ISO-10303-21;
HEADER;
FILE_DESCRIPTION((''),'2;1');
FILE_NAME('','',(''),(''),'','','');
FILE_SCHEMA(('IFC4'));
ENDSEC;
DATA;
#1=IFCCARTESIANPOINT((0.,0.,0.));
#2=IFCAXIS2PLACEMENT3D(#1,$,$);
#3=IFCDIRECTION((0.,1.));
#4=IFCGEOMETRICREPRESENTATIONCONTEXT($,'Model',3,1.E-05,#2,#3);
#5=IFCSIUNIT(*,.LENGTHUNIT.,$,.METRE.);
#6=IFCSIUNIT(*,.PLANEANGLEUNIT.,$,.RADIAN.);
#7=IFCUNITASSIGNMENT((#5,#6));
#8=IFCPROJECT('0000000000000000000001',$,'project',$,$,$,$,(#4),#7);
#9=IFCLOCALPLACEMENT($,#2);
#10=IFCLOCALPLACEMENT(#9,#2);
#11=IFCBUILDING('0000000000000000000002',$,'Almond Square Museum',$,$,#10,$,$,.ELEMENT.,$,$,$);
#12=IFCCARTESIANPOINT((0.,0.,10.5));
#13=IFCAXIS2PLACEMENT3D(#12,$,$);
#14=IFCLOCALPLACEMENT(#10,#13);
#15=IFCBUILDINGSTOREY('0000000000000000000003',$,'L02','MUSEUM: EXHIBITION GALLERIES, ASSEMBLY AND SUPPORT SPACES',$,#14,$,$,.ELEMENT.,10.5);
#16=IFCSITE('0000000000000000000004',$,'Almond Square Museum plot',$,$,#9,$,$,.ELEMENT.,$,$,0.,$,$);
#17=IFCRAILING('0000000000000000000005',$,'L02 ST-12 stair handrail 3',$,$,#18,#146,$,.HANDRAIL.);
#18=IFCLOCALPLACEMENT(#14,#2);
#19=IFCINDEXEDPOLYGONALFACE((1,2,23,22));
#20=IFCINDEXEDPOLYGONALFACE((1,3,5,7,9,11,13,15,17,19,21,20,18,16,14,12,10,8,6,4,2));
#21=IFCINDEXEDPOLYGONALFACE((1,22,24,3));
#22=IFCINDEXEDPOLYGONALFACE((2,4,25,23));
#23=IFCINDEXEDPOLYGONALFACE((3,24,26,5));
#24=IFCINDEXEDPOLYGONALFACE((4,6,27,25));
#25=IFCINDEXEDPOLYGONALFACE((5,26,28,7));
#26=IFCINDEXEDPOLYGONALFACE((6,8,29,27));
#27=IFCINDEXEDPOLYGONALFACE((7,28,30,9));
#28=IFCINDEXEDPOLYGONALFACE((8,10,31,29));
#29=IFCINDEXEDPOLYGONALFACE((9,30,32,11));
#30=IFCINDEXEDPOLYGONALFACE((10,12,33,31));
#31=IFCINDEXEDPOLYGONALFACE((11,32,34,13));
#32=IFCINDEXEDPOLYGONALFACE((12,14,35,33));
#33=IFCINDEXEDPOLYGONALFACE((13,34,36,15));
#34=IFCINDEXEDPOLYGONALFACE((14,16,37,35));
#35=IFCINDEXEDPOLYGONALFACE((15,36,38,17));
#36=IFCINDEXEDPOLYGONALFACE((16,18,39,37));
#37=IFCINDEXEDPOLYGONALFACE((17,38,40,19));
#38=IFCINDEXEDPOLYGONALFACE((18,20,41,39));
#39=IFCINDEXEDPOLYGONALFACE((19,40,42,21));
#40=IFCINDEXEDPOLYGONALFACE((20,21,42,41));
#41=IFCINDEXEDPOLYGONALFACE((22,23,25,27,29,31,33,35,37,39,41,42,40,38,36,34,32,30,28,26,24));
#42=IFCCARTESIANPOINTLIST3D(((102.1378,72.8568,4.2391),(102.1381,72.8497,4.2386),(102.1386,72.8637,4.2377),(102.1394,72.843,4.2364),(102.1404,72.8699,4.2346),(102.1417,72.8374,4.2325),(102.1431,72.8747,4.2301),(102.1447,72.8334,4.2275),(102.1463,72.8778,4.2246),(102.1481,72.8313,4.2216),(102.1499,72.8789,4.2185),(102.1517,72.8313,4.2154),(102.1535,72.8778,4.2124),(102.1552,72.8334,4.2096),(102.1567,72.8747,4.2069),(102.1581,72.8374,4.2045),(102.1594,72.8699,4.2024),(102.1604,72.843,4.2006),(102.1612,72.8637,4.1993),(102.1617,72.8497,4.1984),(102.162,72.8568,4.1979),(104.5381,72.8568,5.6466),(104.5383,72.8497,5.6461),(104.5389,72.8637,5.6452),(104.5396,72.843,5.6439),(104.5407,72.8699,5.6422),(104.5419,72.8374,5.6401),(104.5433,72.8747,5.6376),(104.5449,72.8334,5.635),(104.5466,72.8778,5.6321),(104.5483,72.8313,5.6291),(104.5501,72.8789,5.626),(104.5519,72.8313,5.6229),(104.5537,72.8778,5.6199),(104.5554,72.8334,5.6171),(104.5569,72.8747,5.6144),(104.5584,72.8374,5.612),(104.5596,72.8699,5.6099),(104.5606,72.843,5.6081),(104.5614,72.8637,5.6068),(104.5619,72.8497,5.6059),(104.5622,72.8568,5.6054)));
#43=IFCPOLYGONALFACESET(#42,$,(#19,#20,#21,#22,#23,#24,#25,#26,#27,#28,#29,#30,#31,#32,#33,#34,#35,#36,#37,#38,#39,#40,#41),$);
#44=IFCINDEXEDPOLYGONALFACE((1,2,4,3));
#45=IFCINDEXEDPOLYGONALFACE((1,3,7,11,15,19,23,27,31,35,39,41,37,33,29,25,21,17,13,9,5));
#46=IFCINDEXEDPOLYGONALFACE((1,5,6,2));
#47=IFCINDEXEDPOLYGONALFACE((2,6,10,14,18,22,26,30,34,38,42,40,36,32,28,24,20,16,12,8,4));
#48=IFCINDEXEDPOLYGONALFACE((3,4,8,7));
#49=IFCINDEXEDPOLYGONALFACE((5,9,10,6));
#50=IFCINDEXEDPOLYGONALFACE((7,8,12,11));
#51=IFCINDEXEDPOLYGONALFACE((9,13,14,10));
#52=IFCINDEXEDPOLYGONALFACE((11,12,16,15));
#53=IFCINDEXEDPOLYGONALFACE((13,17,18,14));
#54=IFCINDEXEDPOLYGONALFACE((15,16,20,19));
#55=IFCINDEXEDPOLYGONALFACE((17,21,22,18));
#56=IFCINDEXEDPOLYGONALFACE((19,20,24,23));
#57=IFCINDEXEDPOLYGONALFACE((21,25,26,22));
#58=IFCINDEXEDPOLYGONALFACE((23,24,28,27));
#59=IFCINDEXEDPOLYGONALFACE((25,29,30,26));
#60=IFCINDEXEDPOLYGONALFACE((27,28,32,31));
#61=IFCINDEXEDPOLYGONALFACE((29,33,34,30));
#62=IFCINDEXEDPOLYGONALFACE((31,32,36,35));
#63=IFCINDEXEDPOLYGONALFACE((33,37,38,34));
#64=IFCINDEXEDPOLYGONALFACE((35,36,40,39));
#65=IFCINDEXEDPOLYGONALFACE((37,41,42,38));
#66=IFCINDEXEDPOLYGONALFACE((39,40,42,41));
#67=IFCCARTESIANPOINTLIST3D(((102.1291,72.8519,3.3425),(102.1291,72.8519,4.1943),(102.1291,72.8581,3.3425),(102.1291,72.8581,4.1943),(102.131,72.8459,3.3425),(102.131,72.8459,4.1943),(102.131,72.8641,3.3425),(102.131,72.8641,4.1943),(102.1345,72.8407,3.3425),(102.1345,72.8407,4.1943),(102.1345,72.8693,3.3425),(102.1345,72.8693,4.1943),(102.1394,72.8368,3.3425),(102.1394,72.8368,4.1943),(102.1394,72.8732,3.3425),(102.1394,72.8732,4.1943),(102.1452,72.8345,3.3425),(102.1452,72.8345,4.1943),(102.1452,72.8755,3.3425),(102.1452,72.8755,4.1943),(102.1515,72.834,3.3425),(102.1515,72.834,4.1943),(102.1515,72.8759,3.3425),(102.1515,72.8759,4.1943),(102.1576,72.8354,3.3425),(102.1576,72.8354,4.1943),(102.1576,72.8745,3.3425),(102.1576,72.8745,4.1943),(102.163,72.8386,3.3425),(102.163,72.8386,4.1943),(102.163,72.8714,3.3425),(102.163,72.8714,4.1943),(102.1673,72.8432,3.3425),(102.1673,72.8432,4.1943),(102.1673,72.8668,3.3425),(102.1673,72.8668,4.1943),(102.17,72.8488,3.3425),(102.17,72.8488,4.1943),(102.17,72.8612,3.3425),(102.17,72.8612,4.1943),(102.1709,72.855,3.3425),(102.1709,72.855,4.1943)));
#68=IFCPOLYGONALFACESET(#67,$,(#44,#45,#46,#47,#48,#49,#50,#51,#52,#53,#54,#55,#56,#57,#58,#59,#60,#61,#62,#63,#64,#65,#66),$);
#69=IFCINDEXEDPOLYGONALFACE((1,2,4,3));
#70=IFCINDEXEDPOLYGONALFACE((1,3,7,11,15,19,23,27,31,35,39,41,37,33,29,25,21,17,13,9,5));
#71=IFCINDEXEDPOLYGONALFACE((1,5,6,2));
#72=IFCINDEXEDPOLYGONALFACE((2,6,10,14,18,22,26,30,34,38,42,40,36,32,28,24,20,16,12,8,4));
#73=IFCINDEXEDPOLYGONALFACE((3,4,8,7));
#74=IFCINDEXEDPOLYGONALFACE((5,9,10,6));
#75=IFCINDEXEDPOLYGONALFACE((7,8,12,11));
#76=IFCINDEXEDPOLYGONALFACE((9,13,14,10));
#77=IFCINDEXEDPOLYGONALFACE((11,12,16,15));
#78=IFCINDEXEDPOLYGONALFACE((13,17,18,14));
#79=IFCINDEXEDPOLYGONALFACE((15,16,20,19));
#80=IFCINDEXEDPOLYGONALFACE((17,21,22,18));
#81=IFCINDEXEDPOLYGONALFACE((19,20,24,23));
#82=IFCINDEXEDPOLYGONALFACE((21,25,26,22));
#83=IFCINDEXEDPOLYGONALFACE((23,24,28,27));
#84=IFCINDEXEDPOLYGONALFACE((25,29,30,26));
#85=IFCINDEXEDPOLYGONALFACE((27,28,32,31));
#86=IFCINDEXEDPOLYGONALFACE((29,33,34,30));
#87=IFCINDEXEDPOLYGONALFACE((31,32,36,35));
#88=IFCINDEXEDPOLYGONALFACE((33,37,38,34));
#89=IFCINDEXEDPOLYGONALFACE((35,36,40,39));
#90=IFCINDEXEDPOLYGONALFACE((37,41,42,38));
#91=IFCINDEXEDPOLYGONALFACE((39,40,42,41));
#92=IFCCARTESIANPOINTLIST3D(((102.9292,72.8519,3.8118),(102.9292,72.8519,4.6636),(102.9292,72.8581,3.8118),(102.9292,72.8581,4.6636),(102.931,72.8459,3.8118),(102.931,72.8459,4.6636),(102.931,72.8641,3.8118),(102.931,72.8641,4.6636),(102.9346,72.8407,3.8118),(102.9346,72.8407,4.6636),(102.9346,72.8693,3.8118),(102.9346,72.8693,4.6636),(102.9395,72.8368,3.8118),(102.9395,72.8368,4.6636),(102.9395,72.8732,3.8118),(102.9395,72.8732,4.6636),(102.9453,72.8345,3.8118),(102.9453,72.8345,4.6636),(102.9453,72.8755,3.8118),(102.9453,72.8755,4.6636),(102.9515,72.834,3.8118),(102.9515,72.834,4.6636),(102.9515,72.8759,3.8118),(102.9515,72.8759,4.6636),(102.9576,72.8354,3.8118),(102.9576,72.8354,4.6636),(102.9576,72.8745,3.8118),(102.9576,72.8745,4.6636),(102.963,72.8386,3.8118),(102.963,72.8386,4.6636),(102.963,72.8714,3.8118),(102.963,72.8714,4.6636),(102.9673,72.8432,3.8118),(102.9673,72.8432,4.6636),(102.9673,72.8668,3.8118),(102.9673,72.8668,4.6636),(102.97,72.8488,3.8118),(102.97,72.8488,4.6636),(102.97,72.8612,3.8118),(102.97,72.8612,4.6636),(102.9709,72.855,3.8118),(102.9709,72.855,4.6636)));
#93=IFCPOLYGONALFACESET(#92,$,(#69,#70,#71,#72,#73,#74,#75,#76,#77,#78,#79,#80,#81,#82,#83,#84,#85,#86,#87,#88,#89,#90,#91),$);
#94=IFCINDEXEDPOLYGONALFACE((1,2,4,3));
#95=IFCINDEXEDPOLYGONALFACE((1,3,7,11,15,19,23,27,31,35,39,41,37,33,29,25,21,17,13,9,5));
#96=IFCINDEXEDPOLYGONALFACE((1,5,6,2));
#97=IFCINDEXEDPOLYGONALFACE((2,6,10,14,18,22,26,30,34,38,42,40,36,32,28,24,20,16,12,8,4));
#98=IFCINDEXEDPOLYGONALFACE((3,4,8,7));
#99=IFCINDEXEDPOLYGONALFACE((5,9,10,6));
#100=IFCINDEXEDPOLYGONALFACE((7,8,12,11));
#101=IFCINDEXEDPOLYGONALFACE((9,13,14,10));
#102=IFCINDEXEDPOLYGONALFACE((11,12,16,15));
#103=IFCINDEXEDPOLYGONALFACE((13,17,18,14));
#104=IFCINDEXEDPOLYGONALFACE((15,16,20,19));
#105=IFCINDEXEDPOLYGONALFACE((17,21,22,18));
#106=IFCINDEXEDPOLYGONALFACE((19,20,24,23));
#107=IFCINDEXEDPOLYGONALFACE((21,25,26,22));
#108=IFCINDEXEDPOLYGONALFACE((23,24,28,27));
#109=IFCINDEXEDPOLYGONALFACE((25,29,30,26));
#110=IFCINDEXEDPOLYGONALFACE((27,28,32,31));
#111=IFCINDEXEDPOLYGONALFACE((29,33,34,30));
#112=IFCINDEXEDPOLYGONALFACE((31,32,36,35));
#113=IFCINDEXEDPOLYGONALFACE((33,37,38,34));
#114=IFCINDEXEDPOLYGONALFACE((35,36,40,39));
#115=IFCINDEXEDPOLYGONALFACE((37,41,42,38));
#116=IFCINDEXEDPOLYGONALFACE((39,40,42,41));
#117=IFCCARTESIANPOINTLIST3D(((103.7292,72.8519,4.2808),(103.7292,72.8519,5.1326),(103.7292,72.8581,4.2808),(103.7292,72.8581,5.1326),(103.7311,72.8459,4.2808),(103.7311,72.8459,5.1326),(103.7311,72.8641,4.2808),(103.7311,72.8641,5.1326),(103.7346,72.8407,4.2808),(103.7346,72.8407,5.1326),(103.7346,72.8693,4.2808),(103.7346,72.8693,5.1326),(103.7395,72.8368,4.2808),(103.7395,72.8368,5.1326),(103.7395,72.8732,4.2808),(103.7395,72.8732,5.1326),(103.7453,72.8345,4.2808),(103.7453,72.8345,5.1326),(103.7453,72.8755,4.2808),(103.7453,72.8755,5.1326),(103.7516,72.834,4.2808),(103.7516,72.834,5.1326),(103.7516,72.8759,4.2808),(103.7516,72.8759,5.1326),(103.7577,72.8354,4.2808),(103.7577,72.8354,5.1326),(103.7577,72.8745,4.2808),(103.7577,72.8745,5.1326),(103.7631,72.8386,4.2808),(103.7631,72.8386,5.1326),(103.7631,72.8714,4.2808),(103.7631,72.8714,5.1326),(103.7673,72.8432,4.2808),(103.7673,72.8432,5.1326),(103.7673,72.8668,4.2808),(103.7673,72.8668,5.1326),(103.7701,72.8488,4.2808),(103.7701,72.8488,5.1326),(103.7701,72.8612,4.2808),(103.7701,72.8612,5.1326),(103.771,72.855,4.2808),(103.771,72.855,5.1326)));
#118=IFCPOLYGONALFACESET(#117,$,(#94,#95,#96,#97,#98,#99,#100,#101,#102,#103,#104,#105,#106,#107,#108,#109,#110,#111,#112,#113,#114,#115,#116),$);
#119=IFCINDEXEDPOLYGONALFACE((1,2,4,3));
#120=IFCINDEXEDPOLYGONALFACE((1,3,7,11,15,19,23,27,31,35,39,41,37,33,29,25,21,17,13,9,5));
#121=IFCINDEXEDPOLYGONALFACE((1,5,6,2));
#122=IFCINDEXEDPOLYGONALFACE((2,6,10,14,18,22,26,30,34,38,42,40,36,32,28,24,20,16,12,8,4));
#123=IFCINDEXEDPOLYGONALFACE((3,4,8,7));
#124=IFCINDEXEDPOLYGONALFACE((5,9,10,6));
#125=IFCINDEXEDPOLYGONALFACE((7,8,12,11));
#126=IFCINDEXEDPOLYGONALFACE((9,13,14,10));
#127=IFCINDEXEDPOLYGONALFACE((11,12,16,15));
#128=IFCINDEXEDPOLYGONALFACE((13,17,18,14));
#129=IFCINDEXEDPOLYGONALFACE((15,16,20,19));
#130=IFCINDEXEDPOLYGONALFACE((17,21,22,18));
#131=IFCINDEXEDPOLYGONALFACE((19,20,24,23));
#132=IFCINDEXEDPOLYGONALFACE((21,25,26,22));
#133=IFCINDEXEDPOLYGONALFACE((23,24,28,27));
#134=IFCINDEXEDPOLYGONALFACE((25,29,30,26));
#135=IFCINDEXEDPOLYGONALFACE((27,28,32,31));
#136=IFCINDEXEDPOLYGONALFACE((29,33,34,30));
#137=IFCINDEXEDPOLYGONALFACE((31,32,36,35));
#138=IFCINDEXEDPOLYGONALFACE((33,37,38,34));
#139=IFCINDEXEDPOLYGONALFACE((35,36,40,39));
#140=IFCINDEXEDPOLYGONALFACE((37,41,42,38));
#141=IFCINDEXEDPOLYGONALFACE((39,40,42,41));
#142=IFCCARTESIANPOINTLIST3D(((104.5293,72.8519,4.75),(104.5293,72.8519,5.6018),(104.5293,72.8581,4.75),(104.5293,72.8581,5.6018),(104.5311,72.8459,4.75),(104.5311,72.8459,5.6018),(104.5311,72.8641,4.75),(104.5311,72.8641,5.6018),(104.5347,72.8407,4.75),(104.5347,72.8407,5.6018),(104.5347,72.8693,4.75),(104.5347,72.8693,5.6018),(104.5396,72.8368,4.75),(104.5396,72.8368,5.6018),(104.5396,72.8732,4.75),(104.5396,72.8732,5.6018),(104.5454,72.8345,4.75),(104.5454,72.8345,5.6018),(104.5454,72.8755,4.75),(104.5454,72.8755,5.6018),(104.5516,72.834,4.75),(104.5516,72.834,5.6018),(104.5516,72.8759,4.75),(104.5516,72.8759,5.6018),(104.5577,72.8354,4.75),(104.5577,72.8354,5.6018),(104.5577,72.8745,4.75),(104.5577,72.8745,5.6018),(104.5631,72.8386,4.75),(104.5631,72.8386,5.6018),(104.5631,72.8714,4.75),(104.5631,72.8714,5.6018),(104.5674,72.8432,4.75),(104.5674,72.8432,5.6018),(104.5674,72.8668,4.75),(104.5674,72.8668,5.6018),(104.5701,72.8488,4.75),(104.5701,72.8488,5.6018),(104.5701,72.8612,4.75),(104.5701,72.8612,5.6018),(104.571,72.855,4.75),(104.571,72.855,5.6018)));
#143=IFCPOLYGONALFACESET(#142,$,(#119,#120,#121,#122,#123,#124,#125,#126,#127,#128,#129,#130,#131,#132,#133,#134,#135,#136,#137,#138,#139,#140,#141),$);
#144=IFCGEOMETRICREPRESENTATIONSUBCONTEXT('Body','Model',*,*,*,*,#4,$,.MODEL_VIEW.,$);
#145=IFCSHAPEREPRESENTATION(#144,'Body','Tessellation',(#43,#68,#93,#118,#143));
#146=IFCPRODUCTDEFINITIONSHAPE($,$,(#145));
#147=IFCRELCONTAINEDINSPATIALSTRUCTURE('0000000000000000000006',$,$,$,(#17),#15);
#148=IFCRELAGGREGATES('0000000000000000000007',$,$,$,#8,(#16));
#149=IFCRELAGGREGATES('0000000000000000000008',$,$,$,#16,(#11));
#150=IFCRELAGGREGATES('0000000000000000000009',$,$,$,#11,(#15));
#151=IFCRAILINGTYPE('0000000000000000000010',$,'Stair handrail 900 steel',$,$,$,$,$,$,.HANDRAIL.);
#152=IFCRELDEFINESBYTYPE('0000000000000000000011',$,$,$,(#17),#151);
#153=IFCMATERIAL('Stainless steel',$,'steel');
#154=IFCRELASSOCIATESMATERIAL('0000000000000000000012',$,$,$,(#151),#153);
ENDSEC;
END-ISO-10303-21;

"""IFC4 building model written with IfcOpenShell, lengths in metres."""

from ifc_helpers import new_model, si_unit, direction, frame, origin, origin_2d, place, context, subcontext, project, spatial, circle, extrude, material, type_object, element, save


model = new_model("IFC4")

# Units and contexts
model_context = context("Model", 3, precision=1e-05, world=origin(), true_north=direction((0.0, 1.0)))
body_context = subcontext(model_context, "Body", "Model", "MODEL_VIEW")
ifc_project = project(units=[si_unit("LENGTHUNIT", "METRE"), si_unit("PLANEANGLEUNIT", "RADIAN")], contexts=[model_context])

# Site, building, storey
site_placement = place(None, origin())
site = spatial("IfcSite", under=ifc_project, at=site_placement, Name="Almond Square Museum plot", CompositionType="ELEMENT", RefElevation=0.0)
building_placement = place(site_placement, origin())
building = spatial("IfcBuilding", under=site, at=building_placement, Name="Almond Square Museum", CompositionType="ELEMENT")
storey_placement = place(building_placement, frame((0.0, 0.0, 10.5)))
storey = spatial("IfcBuildingStorey", under=building, at=storey_placement, Name="L02", Description="MUSEUM: EXHIBITION GALLERIES, ASSEMBLY AND SUPPORT SPACES", CompositionType="ELEMENT", Elevation=10.5)

# Railing
ifc_material_1 = material(Name="Stainless steel", Category="steel")
railing_type_1 = type_object("IfcRailingType", Name="Stair handrail 900 steel", PredefinedType="HANDRAIL", material=ifc_material_1)
for number, where, name in (
    (1, (102.1499, 72.855, 3.3425), "L02 ST-12 stair handrail 3"),
):
    element("IfcRailing", number, at=place(storey_placement, frame(where)), inside=storey, type_object=railing_type_1, Name=name, PredefinedType="HANDRAIL", context=body_context, shape_type="SweptSolid", body=[
        extrude(circle(Radius=0.0239, at=origin_2d()), frame((0.0, 0.0, 0.876), z_axis=(0.862621, 0.0, 0.50585), x_axis=(0.0, 1.0, 0.0)), (0.0, 0.0, 1.0), 2.7825),
        extrude(circle(Radius=0.021, at=origin_2d()), origin(), (0.0, 0.0, 1.0), 0.8518),
        extrude(circle(Radius=0.021, at=origin_2d()), frame((0.8, 0.0, 0.4692)), (0.0, 0.0, 1.0), 0.8518),
        extrude(circle(Radius=0.021, at=origin_2d()), frame((1.6001, 0.0, 0.9382)), (0.0, 0.0, 1.0), 0.8518),
        extrude(circle(Radius=0.021, at=origin_2d()), frame((2.4001, 0.0, 1.4075)), (0.0, 0.0, 1.0), 0.8518),
    ])

save(model, "model.ifc")
